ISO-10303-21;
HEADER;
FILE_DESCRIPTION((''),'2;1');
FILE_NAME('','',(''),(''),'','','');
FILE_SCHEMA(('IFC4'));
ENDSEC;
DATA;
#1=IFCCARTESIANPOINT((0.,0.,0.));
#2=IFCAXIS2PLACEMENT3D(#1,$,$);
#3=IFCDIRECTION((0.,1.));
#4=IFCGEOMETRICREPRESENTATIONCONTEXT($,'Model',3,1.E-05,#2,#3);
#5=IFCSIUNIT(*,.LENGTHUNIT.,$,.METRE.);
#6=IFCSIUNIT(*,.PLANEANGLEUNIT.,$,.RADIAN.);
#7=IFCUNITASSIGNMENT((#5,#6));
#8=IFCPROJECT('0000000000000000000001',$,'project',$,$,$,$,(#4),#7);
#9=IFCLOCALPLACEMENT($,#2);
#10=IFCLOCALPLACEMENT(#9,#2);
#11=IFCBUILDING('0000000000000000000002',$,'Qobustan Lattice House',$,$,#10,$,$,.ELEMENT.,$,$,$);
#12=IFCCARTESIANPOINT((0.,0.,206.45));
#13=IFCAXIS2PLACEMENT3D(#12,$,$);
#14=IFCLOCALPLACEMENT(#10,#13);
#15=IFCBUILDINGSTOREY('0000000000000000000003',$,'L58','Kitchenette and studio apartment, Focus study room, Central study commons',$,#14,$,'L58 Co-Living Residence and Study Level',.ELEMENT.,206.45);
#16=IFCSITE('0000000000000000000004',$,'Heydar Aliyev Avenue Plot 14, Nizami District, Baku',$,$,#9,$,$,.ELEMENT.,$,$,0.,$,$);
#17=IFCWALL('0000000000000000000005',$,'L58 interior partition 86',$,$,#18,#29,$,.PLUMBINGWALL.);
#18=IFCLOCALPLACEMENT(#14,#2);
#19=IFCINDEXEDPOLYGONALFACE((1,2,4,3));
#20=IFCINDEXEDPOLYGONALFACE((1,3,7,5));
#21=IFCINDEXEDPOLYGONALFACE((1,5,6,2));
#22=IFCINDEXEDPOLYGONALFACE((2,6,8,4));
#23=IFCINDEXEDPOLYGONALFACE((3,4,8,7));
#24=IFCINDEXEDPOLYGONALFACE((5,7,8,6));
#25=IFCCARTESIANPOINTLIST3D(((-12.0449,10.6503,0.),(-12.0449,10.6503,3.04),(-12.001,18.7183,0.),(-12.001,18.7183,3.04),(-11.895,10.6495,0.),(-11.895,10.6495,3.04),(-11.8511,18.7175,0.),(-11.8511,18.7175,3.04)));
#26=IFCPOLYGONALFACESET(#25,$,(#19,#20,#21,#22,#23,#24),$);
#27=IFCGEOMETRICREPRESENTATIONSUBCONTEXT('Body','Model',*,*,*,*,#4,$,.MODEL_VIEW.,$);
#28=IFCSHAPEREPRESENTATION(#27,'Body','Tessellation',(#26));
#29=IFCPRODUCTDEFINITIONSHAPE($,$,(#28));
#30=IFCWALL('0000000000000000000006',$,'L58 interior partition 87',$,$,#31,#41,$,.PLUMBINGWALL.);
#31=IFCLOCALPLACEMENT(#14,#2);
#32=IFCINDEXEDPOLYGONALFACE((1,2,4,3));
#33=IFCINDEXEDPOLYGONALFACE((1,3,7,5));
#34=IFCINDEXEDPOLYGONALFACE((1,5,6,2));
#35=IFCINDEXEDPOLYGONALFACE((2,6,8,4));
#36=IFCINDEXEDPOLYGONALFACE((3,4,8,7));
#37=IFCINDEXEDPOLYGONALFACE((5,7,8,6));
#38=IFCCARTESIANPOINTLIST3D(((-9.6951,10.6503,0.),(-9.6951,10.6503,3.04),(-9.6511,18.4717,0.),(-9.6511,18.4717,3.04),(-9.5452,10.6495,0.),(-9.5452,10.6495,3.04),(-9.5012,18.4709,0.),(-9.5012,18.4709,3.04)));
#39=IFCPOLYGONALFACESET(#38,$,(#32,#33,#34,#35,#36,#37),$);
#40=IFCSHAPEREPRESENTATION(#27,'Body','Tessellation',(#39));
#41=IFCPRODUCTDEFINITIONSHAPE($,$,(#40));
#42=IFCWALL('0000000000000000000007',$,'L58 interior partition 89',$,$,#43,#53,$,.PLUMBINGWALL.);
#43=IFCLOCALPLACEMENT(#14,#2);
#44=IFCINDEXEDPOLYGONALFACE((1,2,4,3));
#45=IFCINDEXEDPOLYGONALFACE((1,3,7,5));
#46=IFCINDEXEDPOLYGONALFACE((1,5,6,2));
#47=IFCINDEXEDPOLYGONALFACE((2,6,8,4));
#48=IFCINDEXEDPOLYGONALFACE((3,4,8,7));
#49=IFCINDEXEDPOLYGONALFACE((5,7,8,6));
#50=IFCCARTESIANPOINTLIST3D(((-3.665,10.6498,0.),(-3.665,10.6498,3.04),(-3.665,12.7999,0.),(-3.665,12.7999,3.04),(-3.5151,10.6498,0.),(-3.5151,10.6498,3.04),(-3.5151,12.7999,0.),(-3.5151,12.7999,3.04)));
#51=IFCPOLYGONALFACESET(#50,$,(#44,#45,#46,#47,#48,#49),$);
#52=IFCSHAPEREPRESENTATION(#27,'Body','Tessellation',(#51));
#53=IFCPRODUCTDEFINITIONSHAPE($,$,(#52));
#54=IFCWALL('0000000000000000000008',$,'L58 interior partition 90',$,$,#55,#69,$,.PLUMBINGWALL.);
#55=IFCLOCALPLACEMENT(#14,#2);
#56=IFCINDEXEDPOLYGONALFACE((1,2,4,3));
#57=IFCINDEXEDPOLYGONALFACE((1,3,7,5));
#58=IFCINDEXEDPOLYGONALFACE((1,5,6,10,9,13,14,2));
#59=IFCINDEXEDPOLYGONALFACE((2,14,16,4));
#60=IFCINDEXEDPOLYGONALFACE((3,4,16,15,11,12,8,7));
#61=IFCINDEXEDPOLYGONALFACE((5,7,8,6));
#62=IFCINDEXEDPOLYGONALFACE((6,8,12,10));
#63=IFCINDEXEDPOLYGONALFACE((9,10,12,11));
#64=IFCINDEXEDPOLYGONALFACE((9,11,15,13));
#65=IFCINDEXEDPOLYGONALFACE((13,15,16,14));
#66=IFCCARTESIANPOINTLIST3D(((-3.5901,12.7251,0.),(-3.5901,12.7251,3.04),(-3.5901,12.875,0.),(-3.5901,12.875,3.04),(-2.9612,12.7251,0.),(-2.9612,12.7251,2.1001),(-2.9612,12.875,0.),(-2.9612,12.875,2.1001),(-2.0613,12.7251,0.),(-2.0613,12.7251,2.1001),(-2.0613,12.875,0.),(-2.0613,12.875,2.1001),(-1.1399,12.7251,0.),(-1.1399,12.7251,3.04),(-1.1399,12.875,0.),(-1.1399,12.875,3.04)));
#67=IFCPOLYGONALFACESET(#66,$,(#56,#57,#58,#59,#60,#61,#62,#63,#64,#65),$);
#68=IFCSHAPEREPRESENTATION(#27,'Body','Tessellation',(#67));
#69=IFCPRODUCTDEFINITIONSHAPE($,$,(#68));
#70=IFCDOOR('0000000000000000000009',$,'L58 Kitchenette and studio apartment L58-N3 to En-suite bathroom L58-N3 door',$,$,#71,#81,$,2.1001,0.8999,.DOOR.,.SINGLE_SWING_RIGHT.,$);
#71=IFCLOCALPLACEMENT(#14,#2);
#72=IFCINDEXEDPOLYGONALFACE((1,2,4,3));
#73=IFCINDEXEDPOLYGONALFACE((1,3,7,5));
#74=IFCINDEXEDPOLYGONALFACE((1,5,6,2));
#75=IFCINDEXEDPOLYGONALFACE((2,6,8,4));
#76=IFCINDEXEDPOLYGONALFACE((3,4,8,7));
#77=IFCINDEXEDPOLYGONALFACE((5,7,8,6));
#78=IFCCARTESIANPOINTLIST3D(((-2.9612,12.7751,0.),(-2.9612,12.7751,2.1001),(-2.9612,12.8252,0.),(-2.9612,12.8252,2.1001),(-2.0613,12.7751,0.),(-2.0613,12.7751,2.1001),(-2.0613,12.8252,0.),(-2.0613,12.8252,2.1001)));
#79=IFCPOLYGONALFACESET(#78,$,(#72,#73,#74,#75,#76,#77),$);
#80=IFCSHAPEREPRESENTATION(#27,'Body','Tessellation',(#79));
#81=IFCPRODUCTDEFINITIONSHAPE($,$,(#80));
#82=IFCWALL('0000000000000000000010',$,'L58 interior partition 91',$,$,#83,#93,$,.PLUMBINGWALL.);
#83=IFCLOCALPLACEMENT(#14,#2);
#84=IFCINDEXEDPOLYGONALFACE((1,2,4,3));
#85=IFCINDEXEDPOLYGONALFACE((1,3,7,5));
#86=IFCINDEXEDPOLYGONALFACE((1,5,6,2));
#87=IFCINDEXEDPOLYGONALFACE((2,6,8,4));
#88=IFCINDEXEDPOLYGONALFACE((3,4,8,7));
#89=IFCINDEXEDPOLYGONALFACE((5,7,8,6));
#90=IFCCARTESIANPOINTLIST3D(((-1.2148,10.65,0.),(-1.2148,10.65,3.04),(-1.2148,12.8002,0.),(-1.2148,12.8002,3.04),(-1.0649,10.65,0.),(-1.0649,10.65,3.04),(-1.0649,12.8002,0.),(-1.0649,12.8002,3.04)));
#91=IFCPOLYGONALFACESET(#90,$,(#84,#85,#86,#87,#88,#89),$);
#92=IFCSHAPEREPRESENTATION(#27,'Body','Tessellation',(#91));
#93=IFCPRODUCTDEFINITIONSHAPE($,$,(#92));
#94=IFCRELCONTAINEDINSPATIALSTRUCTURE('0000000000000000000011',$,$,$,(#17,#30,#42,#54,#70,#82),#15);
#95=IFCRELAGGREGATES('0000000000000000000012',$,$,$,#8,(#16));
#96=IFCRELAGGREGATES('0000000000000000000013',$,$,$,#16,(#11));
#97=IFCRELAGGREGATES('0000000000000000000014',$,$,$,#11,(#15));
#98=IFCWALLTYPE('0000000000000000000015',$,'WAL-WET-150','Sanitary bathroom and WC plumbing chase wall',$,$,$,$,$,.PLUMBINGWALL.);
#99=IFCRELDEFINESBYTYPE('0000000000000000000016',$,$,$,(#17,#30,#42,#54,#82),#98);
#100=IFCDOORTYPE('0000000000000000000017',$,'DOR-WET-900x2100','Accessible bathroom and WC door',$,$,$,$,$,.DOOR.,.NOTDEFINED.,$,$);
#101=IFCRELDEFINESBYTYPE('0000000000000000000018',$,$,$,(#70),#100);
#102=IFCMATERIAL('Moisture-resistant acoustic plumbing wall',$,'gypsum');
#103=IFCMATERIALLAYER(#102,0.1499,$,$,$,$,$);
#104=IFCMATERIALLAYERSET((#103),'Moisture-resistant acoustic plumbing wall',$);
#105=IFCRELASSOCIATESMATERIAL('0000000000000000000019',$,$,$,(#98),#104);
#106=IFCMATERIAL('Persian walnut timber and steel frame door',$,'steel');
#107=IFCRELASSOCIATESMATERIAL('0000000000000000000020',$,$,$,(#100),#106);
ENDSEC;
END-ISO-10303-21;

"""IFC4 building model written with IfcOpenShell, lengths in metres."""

from ifc_helpers import new_model, si_unit, direction, frame, frame_2d, origin, place, context, subcontext, project, spatial, rectangle, extrude, material, layer, layer_set, type_object, element, fill, save


model = new_model("IFC4")

# Units and contexts
model_context = context("Model", 3, precision=1e-05, world=origin(), true_north=direction((0.0, 1.0)))
body_context = subcontext(model_context, "Body", "Model", "MODEL_VIEW")
ifc_project = project(units=[si_unit("LENGTHUNIT", "METRE"), si_unit("PLANEANGLEUNIT", "RADIAN")], contexts=[model_context])

# Site, building, storey
site_placement = place(None, origin())
site = spatial("IfcSite", under=ifc_project, at=site_placement, Name="Heydar Aliyev Avenue Plot 14, Nizami District, Baku", CompositionType="ELEMENT", RefElevation=0.0)
building_placement = place(site_placement, origin())
building = spatial("IfcBuilding", under=site, at=building_placement, Name="Qobustan Lattice House", CompositionType="ELEMENT")
storey_placement = place(building_placement, frame((0.0, 0.0, 206.45)))
storey = spatial("IfcBuildingStorey", under=building, at=storey_placement, Name="L58", Description="Kitchenette and studio apartment, Focus study room, Central study commons", LongName="L58 Co-Living Residence and Study Level", CompositionType="ELEMENT", Elevation=206.45)

# Walls
ifc_material_1 = material(Name="Moisture-resistant acoustic plumbing wall", Category="gypsum")
ifc_layer_1 = layer(ifc_material_1, 0.1499)
ifc_layer_set_1 = layer_set([ifc_layer_1], Name="Moisture-resistant acoustic plumbing wall")
wall_type_1 = type_object("IfcWallType", Name="WAL-WET-150", Description="Sanitary bathroom and WC plumbing chase wall", PredefinedType="PLUMBINGWALL", material=ifc_layer_set_1)
wall_1_placement = place(storey_placement, frame((-11.926, 18.718, 0.0), z_axis=(0.0, 0.0, 1.0), x_axis=(-0.005447, -0.999985, 0.0)))
element("IfcWall", 1, at=wall_1_placement, inside=storey, type_object=wall_type_1, Name="L58 interior partition 86", PredefinedType="PLUMBINGWALL", context=body_context, shape_type="SweptSolid", body=[
    extrude(rectangle(XDim=8.0681, YDim=0.1499, at=frame_2d((4.0342, 0.0))), origin(), (0.0, 0.0, 1.0), 3.04),
])
wall_2_placement = place(storey_placement, frame((-9.5762, 18.4712, 0.0), z_axis=(0.0, 0.0, 1.0), x_axis=(-0.005619, -0.999984, 0.0)))
element("IfcWall", 2, at=wall_2_placement, inside=storey, type_object=wall_type_1, Name="L58 interior partition 87", PredefinedType="PLUMBINGWALL", context=body_context, shape_type="SweptSolid", body=[
    extrude(rectangle(XDim=7.8215, YDim=0.1499, at=frame_2d((3.9106, 0.0))), origin(), (0.0, 0.0, 1.0), 3.04),
])
wall_3_placement = place(storey_placement, frame((-3.5901, 12.8, 0.0), z_axis=(0.0, 0.0, 1.0), x_axis=(0.0, -1.0, 0.0)))
element("IfcWall", 3, at=wall_3_placement, inside=storey, type_object=wall_type_1, Name="L58 interior partition 89", PredefinedType="PLUMBINGWALL", context=body_context, shape_type="SweptSolid", body=[
    extrude(rectangle(XDim=2.1501, YDim=0.1499, at=frame_2d((1.0752, 0.0))), origin(), (0.0, 0.0, 1.0), 3.04),
])

# Wall, opening, door
wall_4_placement = place(storey_placement, frame((-1.1399, 12.8, 0.0), z_axis=(0.0, 0.0, 1.0), x_axis=(-1.0, 0.0, 0.0)))
wall_4 = element("IfcWall", 4, at=wall_4_placement, inside=storey, type_object=wall_type_1, Name="L58 interior partition 90", PredefinedType="PLUMBINGWALL", context=body_context, shape_type="SweptSolid", body=[
    extrude(rectangle(XDim=2.4502, YDim=0.1499, at=frame_2d((1.2251, 0.0))), origin(), (0.0, 0.0, 1.0), 3.04),
])
opening_1_placement = place(wall_4_placement, frame((0.9214, 0.0, 0.0)))
opening_1 = element("IfcOpeningElement", 5, at=opening_1_placement, cuts=wall_4, PredefinedType="OPENING", context=body_context, shape_type="SweptSolid", body=[
    extrude(rectangle(XDim=0.8999, YDim=2.1001, at=frame_2d((0.45, 1.05))), frame((0.0, 0.085, 0.0), z_axis=(0.0, -1.0, 0.0), x_axis=(1.0, 0.0, 0.0)), (0.0, 0.0, 1.0), 0.1699),
])
ifc_material_2 = material(Name="Persian walnut timber and steel frame door", Category="steel")
door_type_1 = type_object("IfcDoorType", Name="DOR-WET-900x2100", Description="Accessible bathroom and WC door", OperationType="NOTDEFINED", PredefinedType="DOOR", material=ifc_material_2)
door_1_placement = place(opening_1_placement, origin())
door_1 = element("IfcDoor", 6, at=door_1_placement, inside=storey, type_object=door_type_1, Name="L58 Kitchenette and studio apartment L58-N3 to En-suite bathroom L58-N3 door", OperationType="SINGLE_SWING_RIGHT", OverallHeight=2.1001, OverallWidth=0.8999, PredefinedType="DOOR", context=body_context, shape_type="SweptSolid", body=[
    extrude(rectangle(XDim=0.8999, YDim=2.1001, at=frame_2d((0.45, 1.05))), frame((0.0, 0.0249, 0.0), z_axis=(0.0, -1.0, 0.0), x_axis=(1.0, 0.0, 0.0)), (0.0, 0.0, 1.0), 0.05),
])
fill(opening_1, door_1)

# Wall
wall_5_placement = place(storey_placement, frame((-1.1399, 10.6499, 0.0), z_axis=(0.0, 0.0, 1.0), x_axis=(0.0, 1.0, 0.0)))
element("IfcWall", 7, at=wall_5_placement, inside=storey, type_object=wall_type_1, Name="L58 interior partition 91", PredefinedType="PLUMBINGWALL", context=body_context, shape_type="SweptSolid", body=[
    extrude(rectangle(XDim=2.1501, YDim=0.1499, at=frame_2d((1.0752, 0.0))), origin(), (0.0, 0.0, 1.0), 3.04),
])

save(model, "model.ifc")
